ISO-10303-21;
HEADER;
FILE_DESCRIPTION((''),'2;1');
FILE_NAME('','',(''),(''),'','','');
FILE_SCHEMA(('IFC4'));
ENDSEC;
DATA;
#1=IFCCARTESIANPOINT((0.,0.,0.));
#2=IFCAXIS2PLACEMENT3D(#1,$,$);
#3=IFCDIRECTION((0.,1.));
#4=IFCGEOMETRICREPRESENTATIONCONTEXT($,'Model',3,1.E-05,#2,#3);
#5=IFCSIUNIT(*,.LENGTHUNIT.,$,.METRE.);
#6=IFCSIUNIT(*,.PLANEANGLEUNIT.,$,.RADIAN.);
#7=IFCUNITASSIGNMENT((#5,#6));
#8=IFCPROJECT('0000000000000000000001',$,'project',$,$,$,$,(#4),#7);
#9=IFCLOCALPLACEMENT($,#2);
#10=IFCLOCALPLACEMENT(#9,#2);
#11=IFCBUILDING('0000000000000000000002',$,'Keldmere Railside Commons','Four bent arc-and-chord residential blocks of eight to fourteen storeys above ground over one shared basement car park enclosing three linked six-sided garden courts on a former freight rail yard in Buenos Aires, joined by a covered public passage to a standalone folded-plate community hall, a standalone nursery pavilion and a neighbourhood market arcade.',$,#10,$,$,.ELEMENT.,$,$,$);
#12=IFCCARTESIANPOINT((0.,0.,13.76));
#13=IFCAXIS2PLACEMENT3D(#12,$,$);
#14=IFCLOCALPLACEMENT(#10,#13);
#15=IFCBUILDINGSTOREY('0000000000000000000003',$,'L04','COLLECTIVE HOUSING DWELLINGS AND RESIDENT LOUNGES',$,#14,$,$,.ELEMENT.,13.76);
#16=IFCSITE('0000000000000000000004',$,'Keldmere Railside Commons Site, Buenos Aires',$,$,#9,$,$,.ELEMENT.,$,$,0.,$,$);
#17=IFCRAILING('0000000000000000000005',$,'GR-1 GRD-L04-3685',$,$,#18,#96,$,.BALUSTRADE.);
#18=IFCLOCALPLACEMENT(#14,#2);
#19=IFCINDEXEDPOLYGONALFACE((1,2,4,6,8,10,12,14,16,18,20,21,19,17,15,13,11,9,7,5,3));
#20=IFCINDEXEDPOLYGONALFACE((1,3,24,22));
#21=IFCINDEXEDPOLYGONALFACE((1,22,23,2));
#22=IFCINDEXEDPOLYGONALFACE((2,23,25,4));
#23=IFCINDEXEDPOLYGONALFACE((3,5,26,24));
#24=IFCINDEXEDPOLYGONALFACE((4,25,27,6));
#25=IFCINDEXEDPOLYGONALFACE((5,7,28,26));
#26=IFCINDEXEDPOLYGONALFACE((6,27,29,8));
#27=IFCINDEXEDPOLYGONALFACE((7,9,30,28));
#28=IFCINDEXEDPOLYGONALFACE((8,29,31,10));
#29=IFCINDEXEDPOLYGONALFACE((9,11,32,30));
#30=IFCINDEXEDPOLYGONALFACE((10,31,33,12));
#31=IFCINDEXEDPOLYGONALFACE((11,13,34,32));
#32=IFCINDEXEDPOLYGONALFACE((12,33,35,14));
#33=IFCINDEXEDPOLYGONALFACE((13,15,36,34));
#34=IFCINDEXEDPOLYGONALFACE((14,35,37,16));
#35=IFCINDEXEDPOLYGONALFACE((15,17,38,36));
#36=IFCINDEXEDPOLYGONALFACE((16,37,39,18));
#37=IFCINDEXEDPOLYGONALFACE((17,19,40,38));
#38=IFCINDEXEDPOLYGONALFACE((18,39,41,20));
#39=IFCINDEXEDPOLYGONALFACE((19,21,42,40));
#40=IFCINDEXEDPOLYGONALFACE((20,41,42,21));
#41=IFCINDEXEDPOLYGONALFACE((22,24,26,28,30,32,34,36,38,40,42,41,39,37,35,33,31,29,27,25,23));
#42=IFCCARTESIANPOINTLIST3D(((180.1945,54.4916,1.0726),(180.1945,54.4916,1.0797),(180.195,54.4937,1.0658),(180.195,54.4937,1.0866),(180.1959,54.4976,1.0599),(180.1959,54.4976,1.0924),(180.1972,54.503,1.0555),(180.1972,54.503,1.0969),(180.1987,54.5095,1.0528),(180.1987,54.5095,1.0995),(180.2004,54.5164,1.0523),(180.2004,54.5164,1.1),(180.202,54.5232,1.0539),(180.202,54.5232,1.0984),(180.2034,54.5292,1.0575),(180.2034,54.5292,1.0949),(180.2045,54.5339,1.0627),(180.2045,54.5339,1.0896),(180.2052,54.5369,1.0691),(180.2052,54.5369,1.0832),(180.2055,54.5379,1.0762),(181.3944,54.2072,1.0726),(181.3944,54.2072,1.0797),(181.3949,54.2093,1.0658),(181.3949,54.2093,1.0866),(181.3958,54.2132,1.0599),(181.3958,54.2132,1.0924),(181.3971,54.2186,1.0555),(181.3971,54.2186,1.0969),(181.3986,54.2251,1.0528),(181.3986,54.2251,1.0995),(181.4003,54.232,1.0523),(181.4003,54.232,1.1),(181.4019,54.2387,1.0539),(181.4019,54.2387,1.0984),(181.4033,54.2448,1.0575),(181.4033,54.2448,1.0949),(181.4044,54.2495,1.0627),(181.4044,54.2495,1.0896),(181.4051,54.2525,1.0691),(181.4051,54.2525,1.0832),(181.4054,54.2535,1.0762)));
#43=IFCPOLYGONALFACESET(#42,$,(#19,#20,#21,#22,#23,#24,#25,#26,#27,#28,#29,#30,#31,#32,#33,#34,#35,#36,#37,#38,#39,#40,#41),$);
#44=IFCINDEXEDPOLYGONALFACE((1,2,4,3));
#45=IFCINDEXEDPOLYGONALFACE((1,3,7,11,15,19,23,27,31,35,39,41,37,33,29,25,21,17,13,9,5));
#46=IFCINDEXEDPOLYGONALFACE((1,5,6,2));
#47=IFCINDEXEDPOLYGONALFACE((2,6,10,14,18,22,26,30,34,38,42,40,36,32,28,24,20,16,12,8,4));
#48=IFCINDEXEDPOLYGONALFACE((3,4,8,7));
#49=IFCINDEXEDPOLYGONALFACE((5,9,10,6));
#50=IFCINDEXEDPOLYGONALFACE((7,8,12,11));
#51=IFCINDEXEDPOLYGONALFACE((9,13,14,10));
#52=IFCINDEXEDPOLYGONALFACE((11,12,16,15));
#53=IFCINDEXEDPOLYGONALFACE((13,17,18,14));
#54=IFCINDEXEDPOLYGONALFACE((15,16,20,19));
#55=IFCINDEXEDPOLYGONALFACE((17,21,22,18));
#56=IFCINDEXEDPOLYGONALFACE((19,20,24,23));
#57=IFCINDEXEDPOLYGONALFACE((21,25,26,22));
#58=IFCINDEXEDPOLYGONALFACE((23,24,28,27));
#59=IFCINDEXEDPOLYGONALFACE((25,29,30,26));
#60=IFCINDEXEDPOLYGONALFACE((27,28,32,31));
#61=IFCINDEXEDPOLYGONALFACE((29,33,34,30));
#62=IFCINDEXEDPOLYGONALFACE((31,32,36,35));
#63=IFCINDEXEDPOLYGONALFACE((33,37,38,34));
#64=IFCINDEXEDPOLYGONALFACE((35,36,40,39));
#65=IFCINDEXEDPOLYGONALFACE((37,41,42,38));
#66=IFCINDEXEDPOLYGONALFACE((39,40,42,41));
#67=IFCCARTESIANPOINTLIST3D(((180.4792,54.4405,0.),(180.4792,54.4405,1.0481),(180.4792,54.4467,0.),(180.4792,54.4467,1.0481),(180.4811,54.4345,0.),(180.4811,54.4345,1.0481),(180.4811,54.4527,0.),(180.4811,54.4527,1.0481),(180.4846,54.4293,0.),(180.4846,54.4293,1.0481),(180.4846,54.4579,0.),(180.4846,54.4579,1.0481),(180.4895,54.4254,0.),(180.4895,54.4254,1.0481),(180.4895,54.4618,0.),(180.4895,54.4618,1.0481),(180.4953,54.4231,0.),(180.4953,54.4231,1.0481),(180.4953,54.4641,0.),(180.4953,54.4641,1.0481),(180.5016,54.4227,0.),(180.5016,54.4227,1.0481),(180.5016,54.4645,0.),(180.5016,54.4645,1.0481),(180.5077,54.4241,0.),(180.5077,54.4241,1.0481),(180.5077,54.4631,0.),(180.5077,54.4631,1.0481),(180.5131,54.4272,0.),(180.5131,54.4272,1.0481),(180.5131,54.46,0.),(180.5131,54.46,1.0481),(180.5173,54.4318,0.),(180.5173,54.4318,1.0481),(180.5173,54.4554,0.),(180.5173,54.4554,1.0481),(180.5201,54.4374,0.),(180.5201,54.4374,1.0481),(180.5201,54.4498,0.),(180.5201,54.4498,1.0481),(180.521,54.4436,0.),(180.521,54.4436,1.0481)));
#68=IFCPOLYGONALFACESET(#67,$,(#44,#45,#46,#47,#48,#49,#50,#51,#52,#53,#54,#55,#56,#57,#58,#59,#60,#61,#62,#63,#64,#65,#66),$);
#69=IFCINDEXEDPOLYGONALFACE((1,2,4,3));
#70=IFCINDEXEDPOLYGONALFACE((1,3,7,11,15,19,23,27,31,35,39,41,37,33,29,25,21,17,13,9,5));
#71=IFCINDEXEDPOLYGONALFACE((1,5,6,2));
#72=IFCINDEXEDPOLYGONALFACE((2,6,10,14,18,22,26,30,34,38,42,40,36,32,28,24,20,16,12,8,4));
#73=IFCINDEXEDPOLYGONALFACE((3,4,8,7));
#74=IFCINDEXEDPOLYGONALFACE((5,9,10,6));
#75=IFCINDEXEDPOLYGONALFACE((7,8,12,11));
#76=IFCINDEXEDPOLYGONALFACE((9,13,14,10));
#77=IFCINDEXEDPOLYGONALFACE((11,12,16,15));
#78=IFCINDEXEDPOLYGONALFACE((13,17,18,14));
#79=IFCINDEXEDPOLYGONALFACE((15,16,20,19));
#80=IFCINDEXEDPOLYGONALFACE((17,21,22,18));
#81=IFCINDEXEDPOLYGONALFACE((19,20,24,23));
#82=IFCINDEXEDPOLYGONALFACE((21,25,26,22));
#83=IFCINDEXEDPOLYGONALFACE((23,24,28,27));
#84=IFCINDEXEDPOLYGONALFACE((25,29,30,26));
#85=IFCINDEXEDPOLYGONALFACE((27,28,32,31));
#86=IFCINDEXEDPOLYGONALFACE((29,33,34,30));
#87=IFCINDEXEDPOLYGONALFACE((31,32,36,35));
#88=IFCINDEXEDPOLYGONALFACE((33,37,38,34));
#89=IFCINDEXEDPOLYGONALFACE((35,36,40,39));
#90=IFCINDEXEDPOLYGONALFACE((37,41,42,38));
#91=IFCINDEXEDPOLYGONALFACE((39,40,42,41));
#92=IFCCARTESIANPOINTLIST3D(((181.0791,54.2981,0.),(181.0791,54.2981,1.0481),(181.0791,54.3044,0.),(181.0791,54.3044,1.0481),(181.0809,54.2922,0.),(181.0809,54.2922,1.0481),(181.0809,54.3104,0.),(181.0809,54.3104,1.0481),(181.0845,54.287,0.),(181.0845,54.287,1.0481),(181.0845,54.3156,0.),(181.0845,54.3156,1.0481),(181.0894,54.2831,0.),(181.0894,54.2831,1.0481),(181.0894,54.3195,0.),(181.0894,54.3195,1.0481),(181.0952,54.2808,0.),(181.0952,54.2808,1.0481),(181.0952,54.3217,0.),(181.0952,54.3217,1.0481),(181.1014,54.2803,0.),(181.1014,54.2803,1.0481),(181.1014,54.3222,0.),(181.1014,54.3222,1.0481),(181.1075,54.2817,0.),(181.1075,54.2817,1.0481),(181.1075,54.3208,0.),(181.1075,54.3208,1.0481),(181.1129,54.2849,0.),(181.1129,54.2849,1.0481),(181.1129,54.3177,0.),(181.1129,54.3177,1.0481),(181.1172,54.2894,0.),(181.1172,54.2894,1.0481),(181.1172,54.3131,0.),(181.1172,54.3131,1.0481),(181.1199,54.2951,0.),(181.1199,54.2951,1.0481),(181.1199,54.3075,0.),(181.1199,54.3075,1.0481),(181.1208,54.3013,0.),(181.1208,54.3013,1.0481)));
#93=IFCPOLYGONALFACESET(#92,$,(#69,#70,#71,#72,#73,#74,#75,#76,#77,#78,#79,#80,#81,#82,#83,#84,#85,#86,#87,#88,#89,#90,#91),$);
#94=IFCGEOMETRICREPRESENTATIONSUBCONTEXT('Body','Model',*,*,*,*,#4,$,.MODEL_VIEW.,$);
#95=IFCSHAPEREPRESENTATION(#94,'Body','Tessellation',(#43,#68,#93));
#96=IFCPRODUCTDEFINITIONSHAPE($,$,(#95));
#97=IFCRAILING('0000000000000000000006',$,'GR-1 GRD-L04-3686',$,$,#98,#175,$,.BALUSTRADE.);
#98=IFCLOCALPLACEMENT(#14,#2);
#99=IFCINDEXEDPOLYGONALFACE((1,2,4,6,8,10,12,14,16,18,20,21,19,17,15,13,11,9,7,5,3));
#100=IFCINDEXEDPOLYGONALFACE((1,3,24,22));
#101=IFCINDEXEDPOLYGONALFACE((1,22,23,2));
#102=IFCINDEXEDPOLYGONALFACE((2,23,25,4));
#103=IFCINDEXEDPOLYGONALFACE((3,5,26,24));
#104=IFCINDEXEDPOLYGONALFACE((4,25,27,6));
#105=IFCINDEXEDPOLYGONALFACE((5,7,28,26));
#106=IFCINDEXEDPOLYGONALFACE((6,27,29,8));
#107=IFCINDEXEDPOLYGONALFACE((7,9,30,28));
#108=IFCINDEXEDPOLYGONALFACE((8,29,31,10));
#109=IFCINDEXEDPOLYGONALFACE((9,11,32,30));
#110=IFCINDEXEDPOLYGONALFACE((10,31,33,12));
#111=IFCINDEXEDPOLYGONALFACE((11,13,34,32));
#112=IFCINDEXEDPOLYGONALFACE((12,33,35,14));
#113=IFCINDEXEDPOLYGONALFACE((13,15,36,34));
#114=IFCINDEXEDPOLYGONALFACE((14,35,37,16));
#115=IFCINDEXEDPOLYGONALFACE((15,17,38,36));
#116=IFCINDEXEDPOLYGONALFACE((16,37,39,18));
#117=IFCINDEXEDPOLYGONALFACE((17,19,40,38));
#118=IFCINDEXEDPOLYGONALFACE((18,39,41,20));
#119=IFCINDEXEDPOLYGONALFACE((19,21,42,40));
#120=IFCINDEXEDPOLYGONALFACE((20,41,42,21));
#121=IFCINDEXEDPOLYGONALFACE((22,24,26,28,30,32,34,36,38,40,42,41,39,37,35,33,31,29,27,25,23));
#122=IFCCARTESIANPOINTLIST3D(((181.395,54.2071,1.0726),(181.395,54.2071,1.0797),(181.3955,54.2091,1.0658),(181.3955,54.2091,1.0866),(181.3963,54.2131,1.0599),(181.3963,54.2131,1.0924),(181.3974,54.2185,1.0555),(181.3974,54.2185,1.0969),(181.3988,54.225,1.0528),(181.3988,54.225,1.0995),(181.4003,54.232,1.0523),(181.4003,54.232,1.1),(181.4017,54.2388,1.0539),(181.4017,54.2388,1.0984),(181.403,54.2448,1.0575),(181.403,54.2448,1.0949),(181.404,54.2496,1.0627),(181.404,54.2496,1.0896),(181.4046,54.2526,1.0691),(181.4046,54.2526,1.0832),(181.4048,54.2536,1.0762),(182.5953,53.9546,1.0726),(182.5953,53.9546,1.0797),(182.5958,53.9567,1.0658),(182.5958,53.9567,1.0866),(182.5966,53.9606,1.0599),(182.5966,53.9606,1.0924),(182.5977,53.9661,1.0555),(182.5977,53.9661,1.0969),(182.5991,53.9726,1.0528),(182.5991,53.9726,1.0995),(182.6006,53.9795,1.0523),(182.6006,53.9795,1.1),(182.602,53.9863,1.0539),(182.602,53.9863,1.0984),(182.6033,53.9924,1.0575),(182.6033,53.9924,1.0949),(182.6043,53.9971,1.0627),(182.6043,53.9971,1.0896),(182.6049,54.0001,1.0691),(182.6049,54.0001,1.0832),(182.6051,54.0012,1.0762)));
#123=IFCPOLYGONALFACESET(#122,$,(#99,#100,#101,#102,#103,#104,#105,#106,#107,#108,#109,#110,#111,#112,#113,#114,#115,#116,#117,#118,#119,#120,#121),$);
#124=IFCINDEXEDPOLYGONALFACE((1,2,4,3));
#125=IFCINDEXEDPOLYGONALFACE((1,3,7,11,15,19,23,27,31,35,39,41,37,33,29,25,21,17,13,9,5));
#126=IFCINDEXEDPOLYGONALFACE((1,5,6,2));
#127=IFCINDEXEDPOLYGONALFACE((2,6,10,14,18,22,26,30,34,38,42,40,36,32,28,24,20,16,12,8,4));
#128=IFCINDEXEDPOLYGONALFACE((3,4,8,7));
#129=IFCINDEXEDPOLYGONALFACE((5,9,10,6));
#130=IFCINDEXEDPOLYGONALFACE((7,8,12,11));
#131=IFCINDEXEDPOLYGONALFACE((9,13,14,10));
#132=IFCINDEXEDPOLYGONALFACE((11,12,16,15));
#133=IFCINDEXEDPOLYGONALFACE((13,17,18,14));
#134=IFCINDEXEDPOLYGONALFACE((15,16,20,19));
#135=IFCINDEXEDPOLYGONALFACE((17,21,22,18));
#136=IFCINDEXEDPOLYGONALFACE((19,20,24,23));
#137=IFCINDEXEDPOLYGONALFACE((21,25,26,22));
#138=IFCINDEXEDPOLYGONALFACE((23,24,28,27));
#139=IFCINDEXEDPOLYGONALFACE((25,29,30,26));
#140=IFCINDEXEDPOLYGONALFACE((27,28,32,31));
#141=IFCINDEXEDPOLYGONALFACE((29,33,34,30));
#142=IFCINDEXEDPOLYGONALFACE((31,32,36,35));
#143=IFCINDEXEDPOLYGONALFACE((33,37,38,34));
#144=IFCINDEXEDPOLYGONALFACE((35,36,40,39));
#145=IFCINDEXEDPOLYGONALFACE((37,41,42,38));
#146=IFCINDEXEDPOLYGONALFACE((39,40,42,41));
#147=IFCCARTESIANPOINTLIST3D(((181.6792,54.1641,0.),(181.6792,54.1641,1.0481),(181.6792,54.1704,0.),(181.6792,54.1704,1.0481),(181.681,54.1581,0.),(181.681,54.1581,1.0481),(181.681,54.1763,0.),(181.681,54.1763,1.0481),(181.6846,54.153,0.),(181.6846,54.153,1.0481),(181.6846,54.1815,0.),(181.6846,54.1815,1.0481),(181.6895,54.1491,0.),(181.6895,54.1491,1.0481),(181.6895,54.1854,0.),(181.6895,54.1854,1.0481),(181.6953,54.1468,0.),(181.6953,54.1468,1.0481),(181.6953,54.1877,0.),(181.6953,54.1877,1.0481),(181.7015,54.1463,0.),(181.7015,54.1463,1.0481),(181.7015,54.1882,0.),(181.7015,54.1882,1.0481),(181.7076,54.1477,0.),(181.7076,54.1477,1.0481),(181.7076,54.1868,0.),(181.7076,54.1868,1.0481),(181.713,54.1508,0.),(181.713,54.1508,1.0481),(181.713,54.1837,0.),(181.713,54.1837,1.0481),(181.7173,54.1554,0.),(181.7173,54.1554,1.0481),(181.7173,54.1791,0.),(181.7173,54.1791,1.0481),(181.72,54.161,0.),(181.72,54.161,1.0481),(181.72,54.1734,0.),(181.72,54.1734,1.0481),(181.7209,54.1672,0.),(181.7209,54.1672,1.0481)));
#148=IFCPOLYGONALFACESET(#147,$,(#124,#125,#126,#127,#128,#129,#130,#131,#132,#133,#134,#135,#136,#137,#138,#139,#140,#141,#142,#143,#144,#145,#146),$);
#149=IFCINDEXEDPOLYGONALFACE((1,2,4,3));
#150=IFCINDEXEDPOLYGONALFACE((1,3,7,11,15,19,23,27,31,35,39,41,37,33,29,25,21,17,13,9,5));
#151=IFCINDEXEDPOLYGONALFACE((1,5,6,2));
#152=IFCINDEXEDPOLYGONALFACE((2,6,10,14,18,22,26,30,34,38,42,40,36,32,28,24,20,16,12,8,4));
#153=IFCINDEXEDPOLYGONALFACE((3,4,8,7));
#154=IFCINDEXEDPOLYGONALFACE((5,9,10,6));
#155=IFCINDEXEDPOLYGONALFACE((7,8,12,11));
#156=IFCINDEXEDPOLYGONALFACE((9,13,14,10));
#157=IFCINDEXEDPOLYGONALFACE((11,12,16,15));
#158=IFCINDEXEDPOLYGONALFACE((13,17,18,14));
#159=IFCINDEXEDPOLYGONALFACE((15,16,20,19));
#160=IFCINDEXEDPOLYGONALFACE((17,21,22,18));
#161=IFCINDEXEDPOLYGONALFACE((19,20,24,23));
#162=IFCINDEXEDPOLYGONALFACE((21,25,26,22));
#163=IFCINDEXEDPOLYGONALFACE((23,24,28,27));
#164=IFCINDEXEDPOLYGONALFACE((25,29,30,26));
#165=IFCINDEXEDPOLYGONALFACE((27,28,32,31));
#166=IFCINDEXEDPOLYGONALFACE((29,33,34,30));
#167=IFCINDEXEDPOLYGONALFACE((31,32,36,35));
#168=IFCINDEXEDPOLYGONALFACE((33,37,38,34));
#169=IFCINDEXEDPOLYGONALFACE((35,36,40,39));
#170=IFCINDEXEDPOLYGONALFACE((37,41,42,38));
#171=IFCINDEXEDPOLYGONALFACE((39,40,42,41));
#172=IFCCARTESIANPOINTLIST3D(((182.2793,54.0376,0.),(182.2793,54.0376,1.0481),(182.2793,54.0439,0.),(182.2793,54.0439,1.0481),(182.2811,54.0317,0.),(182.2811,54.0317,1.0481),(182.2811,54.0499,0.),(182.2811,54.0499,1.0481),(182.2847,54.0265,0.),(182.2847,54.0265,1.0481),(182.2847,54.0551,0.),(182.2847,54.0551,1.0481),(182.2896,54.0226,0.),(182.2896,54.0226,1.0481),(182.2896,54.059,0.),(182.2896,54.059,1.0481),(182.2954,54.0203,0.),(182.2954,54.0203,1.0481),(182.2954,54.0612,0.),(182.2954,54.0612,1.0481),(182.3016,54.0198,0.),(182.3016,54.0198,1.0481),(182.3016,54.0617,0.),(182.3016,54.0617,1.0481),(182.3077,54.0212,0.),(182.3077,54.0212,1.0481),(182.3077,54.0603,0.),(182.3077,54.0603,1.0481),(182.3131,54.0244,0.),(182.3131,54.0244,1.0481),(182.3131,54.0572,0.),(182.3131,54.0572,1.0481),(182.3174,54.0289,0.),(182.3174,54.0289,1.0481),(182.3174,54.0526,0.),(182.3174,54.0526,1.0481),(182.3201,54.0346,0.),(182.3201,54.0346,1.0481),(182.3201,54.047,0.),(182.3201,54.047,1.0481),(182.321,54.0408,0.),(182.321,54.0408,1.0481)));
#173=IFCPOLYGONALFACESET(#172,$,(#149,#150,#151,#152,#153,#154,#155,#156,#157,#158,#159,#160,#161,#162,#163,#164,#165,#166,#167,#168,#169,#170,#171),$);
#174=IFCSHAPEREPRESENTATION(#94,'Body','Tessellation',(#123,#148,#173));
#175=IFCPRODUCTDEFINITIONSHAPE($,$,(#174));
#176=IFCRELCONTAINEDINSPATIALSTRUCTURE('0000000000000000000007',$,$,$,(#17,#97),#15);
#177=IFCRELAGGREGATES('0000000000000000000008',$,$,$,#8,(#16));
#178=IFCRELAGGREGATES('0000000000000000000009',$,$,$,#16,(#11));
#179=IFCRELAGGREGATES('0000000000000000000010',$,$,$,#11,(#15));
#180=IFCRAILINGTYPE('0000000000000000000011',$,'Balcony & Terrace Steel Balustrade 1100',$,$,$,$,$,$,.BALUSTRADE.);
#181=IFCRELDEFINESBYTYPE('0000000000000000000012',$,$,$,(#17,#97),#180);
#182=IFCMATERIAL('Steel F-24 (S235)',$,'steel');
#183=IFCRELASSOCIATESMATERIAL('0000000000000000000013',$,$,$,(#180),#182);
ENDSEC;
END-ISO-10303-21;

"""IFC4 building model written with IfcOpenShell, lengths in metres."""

from ifc_helpers import new_model, si_unit, direction, frame, origin, origin_2d, place, context, subcontext, project, spatial, circle, extrude, material, type_object, element, save


model = new_model("IFC4")

# Units and contexts
model_context = context("Model", 3, precision=1e-05, world=origin(), true_north=direction((0.0, 1.0)))
body_context = subcontext(model_context, "Body", "Model", "MODEL_VIEW")
ifc_project = project(units=[si_unit("LENGTHUNIT", "METRE"), si_unit("PLANEANGLEUNIT", "RADIAN")], contexts=[model_context])

# Site, building, storey
site_placement = place(None, origin())
site = spatial("IfcSite", under=ifc_project, at=site_placement, Name="Keldmere Railside Commons Site, Buenos Aires", CompositionType="ELEMENT", RefElevation=0.0)
building_placement = place(site_placement, origin())
building = spatial("IfcBuilding", under=site, at=building_placement, Name="Keldmere Railside Commons", Description="Four bent arc-and-chord residential blocks of eight to fourteen storeys above ground over one shared basement car park enclosing three linked six-sided garden courts on a former freight rail yard in Buenos Aires, joined by a covered public passage to a standalone folded-plate community hall, a standalone nursery pavilion and a neighbourhood market arcade.", CompositionType="ELEMENT")
storey_placement = place(building_placement, frame((0.0, 0.0, 13.76)))
storey = spatial("IfcBuildingStorey", under=building, at=storey_placement, Name="L04", Description="COLLECTIVE HOUSING DWELLINGS AND RESIDENT LOUNGES", CompositionType="ELEMENT", Elevation=13.76)

# Shared definitions
ifc_material_1 = material(Name="Steel F-24 (S235)", Category="steel")

# Railings
railing_type = type_object("IfcRailingType", Name="Balcony & Terrace Steel Balustrade 1100", PredefinedType="BALUSTRADE", material=ifc_material_1)
railing_1_placement = place(storey_placement, frame((180.2, 54.5146, 0.0)))
element("IfcRailing", 1, at=railing_1_placement, inside=storey, type_object=railing_type, Name="GR-1 GRD-L04-3685", PredefinedType="BALUSTRADE", context=body_context, shape_type="SweptSolid", body=[
    extrude(circle(Radius=0.0239, at=origin_2d()), frame((0.0, 0.0, 1.0762), z_axis=(0.973039, -0.230639, 0.0), x_axis=(0.230639, 0.973039, 0.0)), (0.0, 0.0, 1.0), 1.2332),
    extrude(circle(Radius=0.021, at=origin_2d()), frame((0.3, -0.071, 0.0)), (0.0, 0.0, 1.0), 1.0481),
    extrude(circle(Radius=0.021, at=origin_2d()), frame((0.8999, -0.2134, 0.0)), (0.0, 0.0, 1.0), 1.0481),
])
railing_2_placement = place(storey_placement, frame((181.3999, 54.2302, 0.0)))
element("IfcRailing", 2, at=railing_2_placement, inside=storey, type_object=railing_type, Name="GR-1 GRD-L04-3686", PredefinedType="BALUSTRADE", context=body_context, shape_type="SweptSolid", body=[
    extrude(circle(Radius=0.0239, at=origin_2d()), frame((0.0, 0.0, 1.0762), z_axis=(0.978588, -0.20583, 0.0), x_axis=(0.20583, 0.978588, 0.0)), (0.0, 0.0, 1.0), 1.2266),
    extrude(circle(Radius=0.021, at=origin_2d()), frame((0.3, -0.063, 0.0)), (0.0, 0.0, 1.0), 1.0481),
    extrude(circle(Radius=0.021, at=origin_2d()), frame((0.9001, -0.1895, 0.0)), (0.0, 0.0, 1.0), 1.0481),
])

save(model, "model.ifc")
